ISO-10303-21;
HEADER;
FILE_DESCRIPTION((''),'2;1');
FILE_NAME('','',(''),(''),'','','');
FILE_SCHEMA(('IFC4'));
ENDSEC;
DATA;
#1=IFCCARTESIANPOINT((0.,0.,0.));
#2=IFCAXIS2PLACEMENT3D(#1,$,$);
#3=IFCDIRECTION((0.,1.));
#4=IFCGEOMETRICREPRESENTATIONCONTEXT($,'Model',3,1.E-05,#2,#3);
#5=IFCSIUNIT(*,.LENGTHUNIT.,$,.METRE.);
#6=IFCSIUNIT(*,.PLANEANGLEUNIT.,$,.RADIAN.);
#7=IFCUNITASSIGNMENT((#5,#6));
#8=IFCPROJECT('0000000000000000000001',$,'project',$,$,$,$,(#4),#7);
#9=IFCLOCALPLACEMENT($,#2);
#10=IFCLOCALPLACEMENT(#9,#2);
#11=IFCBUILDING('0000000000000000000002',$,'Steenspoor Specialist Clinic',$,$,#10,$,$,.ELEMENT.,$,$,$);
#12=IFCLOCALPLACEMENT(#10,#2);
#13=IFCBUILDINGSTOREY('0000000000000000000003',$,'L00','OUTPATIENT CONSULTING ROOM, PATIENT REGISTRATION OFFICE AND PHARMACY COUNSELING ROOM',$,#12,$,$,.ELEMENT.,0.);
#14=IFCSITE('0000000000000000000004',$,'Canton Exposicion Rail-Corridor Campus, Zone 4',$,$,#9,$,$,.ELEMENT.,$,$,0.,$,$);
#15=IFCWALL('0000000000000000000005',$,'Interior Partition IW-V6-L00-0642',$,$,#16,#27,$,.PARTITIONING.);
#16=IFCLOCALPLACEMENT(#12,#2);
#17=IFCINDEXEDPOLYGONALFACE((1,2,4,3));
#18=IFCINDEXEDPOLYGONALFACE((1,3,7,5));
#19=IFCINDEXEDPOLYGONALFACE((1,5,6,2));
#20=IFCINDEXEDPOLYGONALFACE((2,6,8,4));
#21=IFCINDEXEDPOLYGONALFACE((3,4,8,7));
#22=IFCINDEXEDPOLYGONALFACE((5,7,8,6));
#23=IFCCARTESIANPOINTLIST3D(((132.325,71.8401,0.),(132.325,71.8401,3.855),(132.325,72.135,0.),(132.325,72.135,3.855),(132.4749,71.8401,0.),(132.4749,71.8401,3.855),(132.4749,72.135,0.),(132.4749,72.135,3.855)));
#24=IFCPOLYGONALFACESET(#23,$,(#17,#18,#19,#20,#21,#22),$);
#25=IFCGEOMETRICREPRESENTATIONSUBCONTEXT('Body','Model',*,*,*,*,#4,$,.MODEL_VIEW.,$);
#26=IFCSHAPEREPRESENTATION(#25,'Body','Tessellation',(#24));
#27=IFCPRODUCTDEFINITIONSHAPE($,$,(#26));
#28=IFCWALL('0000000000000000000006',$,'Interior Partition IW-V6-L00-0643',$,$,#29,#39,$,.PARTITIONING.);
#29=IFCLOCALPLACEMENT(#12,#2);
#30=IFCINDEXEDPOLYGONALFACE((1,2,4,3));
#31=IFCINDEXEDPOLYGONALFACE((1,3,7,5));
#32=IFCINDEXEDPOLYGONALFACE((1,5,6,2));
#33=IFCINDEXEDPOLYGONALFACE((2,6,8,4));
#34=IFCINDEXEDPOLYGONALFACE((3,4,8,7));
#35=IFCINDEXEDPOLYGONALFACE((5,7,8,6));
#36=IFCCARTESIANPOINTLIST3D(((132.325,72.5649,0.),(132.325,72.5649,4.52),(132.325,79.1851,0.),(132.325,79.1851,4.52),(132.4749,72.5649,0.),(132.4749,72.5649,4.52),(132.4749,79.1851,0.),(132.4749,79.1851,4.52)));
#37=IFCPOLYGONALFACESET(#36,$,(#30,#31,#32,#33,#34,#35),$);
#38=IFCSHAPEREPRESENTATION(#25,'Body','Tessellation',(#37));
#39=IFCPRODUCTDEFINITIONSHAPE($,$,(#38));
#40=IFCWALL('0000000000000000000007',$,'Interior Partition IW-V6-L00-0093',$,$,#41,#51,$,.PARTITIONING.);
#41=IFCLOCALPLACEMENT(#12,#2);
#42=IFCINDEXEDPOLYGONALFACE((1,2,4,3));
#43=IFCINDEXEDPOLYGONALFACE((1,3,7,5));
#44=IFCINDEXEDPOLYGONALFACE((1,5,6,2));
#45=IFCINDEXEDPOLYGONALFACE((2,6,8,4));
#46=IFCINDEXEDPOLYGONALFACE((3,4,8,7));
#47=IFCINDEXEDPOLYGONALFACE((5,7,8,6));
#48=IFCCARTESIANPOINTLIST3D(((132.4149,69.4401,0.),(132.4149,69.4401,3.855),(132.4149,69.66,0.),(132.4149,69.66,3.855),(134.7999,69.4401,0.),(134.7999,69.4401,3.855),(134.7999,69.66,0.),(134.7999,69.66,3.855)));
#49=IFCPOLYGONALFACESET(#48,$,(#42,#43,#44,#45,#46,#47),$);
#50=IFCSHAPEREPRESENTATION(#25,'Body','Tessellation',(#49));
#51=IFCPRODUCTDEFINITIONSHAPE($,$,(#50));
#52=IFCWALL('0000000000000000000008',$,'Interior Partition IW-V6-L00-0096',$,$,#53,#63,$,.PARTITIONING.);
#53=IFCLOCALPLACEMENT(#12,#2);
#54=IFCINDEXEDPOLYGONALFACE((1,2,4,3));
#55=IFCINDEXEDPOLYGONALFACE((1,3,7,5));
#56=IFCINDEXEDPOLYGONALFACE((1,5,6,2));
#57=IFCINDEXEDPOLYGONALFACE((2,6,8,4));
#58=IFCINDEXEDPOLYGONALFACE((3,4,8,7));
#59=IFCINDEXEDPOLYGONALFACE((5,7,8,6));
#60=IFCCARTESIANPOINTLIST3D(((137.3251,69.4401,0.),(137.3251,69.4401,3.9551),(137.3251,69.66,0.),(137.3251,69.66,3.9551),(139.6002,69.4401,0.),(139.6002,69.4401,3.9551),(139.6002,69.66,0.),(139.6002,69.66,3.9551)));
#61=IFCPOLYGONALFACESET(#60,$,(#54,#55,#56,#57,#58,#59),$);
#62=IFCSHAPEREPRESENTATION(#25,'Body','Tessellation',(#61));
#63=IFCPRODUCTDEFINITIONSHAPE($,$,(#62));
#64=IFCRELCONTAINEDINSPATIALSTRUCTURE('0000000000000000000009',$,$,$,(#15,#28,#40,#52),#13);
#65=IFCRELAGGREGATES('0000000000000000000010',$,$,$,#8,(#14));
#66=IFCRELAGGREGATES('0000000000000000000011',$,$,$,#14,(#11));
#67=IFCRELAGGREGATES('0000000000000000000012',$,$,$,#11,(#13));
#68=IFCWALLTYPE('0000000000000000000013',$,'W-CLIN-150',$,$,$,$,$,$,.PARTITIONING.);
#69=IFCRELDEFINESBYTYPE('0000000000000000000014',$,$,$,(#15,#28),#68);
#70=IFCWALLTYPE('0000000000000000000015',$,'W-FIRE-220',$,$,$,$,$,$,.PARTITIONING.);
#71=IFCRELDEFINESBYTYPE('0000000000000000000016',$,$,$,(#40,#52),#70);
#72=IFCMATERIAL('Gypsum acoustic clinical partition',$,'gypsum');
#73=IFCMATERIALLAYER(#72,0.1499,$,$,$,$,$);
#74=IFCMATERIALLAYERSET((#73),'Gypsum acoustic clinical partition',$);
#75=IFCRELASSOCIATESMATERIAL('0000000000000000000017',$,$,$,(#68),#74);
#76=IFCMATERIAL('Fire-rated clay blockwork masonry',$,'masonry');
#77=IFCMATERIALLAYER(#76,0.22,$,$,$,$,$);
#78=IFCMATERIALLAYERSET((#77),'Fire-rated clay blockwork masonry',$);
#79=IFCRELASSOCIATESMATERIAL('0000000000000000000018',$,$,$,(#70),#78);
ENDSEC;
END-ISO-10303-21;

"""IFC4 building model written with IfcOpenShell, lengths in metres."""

from ifc_helpers import new_model, si_unit, direction, frame, frame_2d, origin, place, context, subcontext, project, spatial, rectangle, extrude, material, layer, layer_set, type_object, element, save


model = new_model("IFC4")

# Units and contexts
model_context = context("Model", 3, precision=1e-05, world=origin(), true_north=direction((0.0, 1.0)))
body_context = subcontext(model_context, "Body", "Model", "MODEL_VIEW")
ifc_project = project(units=[si_unit("LENGTHUNIT", "METRE"), si_unit("PLANEANGLEUNIT", "RADIAN")], contexts=[model_context])

# Site, building, storey
site_placement = place(None, origin())
site = spatial("IfcSite", under=ifc_project, at=site_placement, Name="Canton Exposicion Rail-Corridor Campus, Zone 4", CompositionType="ELEMENT", RefElevation=0.0)
building_placement = place(site_placement, origin())
building = spatial("IfcBuilding", under=site, at=building_placement, Name="Steenspoor Specialist Clinic", CompositionType="ELEMENT")
storey_placement = place(building_placement, origin())
storey = spatial("IfcBuildingStorey", under=building, at=storey_placement, Name="L00", Description="OUTPATIENT CONSULTING ROOM, PATIENT REGISTRATION OFFICE AND PHARMACY COUNSELING ROOM", CompositionType="ELEMENT", Elevation=0.0)

# Walls
ifc_material_1 = material(Name="Gypsum acoustic clinical partition", Category="gypsum")
ifc_layer_1 = layer(ifc_material_1, 0.1499)
ifc_layer_set_1 = layer_set([ifc_layer_1], Name="Gypsum acoustic clinical partition")
wall_type_1 = type_object("IfcWallType", Name="W-CLIN-150", PredefinedType="PARTITIONING", material=ifc_layer_set_1)
wall_1_placement = place(storey_placement, frame((132.3999, 71.8401, 0.0), z_axis=(0.0, 0.0, 1.0), x_axis=(0.0, 1.0, 0.0)))
element("IfcWall", 1, at=wall_1_placement, inside=storey, type_object=wall_type_1, Name="Interior Partition IW-V6-L00-0642", PredefinedType="PARTITIONING", context=body_context, shape_type="SweptSolid", body=[
    extrude(rectangle(XDim=0.2949, YDim=0.1499, at=frame_2d((0.1475, 0.0))), origin(), (0.0, 0.0, 1.0), 3.855),
])
wall_2_placement = place(storey_placement, frame((132.3999, 72.5649, 0.0), z_axis=(0.0, 0.0, 1.0), x_axis=(0.0, 1.0, 0.0)))
element("IfcWall", 2, at=wall_2_placement, inside=storey, type_object=wall_type_1, Name="Interior Partition IW-V6-L00-0643", PredefinedType="PARTITIONING", context=body_context, shape_type="SweptSolid", body=[
    extrude(rectangle(XDim=6.6201, YDim=0.1499, at=frame_2d((3.3101, 0.0))), origin(), (0.0, 0.0, 1.0), 4.52),
])
ifc_material_2 = material(Name="Fire-rated clay blockwork masonry", Category="masonry")
ifc_layer_2 = layer(ifc_material_2, 0.22)
ifc_layer_set_2 = layer_set([ifc_layer_2], Name="Fire-rated clay blockwork masonry")
wall_type_2 = type_object("IfcWallType", Name="W-FIRE-220", PredefinedType="PARTITIONING", material=ifc_layer_set_2)
wall_3_placement = place(storey_placement, frame((132.415, 69.55, 0.0), z_axis=(0.0, 0.0, 1.0), x_axis=(1.0, 0.0, 0.0)))
element("IfcWall", 3, at=wall_3_placement, inside=storey, type_object=wall_type_2, Name="Interior Partition IW-V6-L00-0093", PredefinedType="PARTITIONING", context=body_context, shape_type="SweptSolid", body=[
    extrude(rectangle(XDim=2.385, YDim=0.22, at=frame_2d((1.1924, 0.0))), origin(), (0.0, 0.0, 1.0), 3.855),
])
wall_4_placement = place(storey_placement, frame((137.325, 69.55, 0.0), z_axis=(0.0, 0.0, 1.0), x_axis=(1.0, 0.0, 0.0)))
element("IfcWall", 4, at=wall_4_placement, inside=storey, type_object=wall_type_2, Name="Interior Partition IW-V6-L00-0096", PredefinedType="PARTITIONING", context=body_context, shape_type="SweptSolid", body=[
    extrude(rectangle(XDim=2.2751, YDim=0.22, at=frame_2d((1.1377, 0.0))), origin(), (0.0, 0.0, 1.0), 3.9551),
])

save(model, "model.ifc")
